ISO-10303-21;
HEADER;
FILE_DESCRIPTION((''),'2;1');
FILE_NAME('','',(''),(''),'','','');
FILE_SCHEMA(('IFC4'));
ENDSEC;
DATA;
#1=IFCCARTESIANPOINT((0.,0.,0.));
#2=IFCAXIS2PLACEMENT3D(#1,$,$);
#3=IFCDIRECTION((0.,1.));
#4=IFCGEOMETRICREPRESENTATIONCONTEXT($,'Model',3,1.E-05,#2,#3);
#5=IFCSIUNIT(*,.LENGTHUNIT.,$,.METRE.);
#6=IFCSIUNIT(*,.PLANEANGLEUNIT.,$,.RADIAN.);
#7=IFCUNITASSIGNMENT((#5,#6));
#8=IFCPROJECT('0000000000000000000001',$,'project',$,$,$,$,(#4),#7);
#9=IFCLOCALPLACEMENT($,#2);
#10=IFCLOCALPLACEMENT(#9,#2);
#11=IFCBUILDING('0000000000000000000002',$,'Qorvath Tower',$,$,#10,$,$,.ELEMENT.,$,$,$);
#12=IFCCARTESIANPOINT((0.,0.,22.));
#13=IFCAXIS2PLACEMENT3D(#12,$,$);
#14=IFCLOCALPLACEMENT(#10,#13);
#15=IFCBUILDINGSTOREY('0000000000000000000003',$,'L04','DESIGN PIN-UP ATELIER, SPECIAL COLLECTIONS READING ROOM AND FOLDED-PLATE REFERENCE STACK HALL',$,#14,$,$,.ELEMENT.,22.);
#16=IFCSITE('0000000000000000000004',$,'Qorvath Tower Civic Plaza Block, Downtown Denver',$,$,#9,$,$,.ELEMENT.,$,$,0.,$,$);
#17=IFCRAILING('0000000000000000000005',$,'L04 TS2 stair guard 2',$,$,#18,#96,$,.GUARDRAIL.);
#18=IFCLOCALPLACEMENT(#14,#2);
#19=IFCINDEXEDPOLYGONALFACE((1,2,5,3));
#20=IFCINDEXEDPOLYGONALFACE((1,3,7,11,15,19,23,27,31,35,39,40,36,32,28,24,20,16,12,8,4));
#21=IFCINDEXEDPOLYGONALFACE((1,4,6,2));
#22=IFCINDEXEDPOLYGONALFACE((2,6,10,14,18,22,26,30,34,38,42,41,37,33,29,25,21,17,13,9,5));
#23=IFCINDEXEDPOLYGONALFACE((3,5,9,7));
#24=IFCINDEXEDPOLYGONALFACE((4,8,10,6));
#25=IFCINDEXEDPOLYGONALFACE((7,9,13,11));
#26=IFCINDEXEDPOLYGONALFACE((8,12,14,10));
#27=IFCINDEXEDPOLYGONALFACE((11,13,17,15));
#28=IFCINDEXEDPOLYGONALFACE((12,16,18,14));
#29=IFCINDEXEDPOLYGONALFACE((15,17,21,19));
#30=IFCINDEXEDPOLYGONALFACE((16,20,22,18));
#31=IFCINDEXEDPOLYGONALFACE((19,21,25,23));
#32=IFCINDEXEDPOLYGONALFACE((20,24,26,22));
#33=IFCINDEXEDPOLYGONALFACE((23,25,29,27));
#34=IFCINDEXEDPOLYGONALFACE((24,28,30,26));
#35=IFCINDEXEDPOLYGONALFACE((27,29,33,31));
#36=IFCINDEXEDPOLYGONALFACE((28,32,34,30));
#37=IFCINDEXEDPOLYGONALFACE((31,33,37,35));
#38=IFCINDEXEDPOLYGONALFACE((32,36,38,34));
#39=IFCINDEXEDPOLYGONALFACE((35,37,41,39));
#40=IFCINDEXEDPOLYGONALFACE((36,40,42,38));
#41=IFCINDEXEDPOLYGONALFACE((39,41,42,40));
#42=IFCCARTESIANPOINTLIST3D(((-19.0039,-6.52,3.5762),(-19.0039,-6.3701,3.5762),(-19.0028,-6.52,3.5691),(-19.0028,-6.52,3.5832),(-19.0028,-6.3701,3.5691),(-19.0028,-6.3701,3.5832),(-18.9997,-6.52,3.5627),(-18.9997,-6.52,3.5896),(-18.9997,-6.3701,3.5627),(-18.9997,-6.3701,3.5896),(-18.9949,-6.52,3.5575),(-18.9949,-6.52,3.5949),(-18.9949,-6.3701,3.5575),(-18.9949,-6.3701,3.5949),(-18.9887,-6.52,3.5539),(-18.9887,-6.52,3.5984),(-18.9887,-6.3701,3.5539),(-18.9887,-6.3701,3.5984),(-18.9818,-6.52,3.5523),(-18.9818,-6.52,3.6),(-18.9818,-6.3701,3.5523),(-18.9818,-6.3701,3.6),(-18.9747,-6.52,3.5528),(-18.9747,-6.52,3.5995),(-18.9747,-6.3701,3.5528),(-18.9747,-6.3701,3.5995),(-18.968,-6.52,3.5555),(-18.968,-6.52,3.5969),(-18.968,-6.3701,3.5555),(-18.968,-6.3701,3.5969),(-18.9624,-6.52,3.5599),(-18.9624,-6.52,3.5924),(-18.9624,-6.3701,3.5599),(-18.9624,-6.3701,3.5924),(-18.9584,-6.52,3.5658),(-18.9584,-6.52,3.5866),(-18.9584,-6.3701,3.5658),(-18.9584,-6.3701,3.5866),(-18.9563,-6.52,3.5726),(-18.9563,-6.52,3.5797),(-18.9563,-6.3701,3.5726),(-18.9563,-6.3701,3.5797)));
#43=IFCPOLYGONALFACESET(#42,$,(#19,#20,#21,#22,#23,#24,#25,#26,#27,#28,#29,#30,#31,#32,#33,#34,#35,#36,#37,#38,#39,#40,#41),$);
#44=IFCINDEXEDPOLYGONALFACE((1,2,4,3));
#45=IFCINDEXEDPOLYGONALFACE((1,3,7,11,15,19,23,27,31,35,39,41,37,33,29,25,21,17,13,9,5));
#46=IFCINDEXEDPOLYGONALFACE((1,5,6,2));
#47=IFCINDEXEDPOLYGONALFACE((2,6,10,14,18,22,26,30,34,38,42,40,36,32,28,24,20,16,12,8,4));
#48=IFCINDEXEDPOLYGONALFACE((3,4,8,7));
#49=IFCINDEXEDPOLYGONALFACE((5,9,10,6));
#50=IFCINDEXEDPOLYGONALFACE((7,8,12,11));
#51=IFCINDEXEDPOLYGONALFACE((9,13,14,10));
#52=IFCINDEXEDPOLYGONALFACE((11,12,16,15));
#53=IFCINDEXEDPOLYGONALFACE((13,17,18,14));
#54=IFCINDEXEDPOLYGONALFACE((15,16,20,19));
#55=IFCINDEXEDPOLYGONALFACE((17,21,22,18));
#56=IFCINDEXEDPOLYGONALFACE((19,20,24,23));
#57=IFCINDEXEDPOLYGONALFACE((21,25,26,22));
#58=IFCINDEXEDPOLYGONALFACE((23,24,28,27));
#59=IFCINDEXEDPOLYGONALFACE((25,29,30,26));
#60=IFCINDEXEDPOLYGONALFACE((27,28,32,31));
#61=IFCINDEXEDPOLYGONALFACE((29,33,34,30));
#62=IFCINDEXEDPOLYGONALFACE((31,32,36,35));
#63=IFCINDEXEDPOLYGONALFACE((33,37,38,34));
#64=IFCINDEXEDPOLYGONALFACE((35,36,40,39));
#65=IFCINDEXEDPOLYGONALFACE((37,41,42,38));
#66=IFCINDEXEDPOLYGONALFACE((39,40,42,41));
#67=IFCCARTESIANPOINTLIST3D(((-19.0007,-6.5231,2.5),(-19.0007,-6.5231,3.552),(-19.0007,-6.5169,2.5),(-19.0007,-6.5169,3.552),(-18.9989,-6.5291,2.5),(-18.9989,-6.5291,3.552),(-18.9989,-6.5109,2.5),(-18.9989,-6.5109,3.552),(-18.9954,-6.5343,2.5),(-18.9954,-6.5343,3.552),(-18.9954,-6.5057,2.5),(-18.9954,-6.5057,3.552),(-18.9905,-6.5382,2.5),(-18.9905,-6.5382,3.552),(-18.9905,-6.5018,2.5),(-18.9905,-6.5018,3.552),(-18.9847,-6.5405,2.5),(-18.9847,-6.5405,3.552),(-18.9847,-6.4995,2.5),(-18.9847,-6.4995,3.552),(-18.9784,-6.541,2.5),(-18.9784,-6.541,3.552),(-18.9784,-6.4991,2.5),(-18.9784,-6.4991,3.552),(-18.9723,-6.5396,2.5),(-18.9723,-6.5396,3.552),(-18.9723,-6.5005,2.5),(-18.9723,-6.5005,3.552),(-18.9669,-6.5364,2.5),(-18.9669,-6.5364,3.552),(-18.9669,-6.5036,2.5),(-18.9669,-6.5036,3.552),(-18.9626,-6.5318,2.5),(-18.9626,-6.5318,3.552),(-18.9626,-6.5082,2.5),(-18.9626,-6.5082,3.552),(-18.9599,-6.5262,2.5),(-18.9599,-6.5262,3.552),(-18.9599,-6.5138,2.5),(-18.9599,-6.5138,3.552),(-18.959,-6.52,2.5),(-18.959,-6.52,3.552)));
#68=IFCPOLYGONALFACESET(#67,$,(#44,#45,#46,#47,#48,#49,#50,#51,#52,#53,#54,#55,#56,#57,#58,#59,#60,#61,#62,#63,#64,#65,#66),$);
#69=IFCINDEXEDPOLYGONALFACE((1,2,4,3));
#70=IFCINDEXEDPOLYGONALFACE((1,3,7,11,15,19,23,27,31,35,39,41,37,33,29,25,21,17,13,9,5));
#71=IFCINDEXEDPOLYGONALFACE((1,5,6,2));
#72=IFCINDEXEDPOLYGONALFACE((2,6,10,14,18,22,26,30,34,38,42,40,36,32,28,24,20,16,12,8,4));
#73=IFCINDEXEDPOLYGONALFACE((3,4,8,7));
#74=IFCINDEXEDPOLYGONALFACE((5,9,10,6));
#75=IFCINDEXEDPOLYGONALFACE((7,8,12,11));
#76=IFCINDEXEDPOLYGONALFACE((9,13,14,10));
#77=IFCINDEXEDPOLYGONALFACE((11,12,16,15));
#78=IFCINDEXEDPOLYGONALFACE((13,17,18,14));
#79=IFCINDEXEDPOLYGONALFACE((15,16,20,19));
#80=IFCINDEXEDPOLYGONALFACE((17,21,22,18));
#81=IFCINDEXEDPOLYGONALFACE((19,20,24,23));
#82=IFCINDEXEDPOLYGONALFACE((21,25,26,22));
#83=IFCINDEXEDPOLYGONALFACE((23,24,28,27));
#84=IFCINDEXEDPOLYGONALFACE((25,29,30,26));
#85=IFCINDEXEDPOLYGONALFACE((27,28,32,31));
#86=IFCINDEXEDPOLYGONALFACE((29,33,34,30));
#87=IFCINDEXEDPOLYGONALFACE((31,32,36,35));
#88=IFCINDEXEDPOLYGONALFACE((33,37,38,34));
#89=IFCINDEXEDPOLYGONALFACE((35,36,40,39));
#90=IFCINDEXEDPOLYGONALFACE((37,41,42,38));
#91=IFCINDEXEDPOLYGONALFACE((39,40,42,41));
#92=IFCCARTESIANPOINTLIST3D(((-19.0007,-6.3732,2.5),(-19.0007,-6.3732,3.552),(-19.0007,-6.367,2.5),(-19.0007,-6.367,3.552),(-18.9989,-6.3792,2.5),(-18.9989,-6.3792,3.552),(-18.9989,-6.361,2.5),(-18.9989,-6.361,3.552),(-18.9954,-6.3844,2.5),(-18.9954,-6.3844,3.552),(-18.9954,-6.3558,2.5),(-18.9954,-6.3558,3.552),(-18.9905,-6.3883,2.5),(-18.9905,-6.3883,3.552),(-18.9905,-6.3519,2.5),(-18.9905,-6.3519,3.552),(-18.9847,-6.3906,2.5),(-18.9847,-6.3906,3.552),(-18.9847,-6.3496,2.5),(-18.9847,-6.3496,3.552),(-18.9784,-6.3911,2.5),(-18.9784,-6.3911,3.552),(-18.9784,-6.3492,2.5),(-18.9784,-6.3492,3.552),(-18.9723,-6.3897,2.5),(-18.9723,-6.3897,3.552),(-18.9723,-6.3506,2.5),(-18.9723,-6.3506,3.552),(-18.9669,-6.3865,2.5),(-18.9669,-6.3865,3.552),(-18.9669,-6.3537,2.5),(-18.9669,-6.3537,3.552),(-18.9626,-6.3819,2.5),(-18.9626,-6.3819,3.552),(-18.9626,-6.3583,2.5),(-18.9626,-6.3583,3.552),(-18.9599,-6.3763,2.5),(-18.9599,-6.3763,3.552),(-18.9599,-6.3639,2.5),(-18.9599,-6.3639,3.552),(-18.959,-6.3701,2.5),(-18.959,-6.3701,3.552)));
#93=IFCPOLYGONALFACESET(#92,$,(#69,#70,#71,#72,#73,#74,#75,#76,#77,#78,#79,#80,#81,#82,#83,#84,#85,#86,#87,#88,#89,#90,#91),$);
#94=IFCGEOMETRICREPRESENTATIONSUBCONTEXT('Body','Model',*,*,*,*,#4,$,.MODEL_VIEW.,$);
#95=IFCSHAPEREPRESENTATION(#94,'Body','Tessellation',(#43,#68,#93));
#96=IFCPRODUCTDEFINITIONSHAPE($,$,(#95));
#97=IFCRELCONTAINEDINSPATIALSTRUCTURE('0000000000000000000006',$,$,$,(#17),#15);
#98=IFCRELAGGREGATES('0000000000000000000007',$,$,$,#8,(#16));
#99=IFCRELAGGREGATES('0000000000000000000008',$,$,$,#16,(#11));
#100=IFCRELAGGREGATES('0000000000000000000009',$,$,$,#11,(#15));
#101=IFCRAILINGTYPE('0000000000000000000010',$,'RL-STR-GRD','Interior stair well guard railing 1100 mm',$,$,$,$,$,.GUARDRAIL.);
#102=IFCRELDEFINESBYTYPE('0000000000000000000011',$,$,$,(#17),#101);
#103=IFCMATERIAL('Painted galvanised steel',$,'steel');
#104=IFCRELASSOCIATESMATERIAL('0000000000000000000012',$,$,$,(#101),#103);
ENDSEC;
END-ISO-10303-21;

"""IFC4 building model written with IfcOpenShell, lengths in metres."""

from ifc_helpers import new_model, si_unit, direction, frame, origin, origin_2d, place, context, subcontext, project, spatial, circle, extrude, material, type_object, element, save


model = new_model("IFC4")

# Units and contexts
model_context = context("Model", 3, precision=1e-05, world=origin(), true_north=direction((0.0, 1.0)))
body_context = subcontext(model_context, "Body", "Model", "MODEL_VIEW")
ifc_project = project(units=[si_unit("LENGTHUNIT", "METRE"), si_unit("PLANEANGLEUNIT", "RADIAN")], contexts=[model_context])

# Site, building, storey
site_placement = place(None, origin())
site = spatial("IfcSite", under=ifc_project, at=site_placement, Name="Qorvath Tower Civic Plaza Block, Downtown Denver", CompositionType="ELEMENT", RefElevation=0.0)
building_placement = place(site_placement, origin())
building = spatial("IfcBuilding", under=site, at=building_placement, Name="Qorvath Tower", CompositionType="ELEMENT")
storey_placement = place(building_placement, frame((0.0, 0.0, 22.0)))
storey = spatial("IfcBuildingStorey", under=building, at=storey_placement, Name="L04", Description="DESIGN PIN-UP ATELIER, SPECIAL COLLECTIONS READING ROOM AND FOLDED-PLATE REFERENCE STACK HALL", CompositionType="ELEMENT", Elevation=22.0)

# Railing
ifc_material_1 = material(Name="Painted galvanised steel", Category="steel")
railing_type_1 = type_object("IfcRailingType", Name="RL-STR-GRD", Description="Interior stair well guard railing 1100 mm", PredefinedType="GUARDRAIL", material=ifc_material_1)
railing_1_placement = place(storey_placement, frame((-18.98, -6.52, 2.5)))
element("IfcRailing", 1, at=railing_1_placement, inside=storey, type_object=railing_type_1, Name="L04 TS2 stair guard 2", PredefinedType="GUARDRAIL", context=body_context, shape_type="SweptSolid", body=[
    extrude(circle(Radius=0.0239, at=origin_2d()), frame((0.0, 0.0, 1.0762), z_axis=(0.0, 1.0, 0.0), x_axis=(-1.0, 0.0, 0.0)), (0.0, 0.0, 1.0), 0.1499),
    extrude(circle(Radius=0.021, at=origin_2d()), origin(), (0.0, 0.0, 1.0), 1.052),
    extrude(circle(Radius=0.021, at=origin_2d()), frame((0.0, 0.1499, 0.0)), (0.0, 0.0, 1.0), 1.052),
])

save(model, "model.ifc")
